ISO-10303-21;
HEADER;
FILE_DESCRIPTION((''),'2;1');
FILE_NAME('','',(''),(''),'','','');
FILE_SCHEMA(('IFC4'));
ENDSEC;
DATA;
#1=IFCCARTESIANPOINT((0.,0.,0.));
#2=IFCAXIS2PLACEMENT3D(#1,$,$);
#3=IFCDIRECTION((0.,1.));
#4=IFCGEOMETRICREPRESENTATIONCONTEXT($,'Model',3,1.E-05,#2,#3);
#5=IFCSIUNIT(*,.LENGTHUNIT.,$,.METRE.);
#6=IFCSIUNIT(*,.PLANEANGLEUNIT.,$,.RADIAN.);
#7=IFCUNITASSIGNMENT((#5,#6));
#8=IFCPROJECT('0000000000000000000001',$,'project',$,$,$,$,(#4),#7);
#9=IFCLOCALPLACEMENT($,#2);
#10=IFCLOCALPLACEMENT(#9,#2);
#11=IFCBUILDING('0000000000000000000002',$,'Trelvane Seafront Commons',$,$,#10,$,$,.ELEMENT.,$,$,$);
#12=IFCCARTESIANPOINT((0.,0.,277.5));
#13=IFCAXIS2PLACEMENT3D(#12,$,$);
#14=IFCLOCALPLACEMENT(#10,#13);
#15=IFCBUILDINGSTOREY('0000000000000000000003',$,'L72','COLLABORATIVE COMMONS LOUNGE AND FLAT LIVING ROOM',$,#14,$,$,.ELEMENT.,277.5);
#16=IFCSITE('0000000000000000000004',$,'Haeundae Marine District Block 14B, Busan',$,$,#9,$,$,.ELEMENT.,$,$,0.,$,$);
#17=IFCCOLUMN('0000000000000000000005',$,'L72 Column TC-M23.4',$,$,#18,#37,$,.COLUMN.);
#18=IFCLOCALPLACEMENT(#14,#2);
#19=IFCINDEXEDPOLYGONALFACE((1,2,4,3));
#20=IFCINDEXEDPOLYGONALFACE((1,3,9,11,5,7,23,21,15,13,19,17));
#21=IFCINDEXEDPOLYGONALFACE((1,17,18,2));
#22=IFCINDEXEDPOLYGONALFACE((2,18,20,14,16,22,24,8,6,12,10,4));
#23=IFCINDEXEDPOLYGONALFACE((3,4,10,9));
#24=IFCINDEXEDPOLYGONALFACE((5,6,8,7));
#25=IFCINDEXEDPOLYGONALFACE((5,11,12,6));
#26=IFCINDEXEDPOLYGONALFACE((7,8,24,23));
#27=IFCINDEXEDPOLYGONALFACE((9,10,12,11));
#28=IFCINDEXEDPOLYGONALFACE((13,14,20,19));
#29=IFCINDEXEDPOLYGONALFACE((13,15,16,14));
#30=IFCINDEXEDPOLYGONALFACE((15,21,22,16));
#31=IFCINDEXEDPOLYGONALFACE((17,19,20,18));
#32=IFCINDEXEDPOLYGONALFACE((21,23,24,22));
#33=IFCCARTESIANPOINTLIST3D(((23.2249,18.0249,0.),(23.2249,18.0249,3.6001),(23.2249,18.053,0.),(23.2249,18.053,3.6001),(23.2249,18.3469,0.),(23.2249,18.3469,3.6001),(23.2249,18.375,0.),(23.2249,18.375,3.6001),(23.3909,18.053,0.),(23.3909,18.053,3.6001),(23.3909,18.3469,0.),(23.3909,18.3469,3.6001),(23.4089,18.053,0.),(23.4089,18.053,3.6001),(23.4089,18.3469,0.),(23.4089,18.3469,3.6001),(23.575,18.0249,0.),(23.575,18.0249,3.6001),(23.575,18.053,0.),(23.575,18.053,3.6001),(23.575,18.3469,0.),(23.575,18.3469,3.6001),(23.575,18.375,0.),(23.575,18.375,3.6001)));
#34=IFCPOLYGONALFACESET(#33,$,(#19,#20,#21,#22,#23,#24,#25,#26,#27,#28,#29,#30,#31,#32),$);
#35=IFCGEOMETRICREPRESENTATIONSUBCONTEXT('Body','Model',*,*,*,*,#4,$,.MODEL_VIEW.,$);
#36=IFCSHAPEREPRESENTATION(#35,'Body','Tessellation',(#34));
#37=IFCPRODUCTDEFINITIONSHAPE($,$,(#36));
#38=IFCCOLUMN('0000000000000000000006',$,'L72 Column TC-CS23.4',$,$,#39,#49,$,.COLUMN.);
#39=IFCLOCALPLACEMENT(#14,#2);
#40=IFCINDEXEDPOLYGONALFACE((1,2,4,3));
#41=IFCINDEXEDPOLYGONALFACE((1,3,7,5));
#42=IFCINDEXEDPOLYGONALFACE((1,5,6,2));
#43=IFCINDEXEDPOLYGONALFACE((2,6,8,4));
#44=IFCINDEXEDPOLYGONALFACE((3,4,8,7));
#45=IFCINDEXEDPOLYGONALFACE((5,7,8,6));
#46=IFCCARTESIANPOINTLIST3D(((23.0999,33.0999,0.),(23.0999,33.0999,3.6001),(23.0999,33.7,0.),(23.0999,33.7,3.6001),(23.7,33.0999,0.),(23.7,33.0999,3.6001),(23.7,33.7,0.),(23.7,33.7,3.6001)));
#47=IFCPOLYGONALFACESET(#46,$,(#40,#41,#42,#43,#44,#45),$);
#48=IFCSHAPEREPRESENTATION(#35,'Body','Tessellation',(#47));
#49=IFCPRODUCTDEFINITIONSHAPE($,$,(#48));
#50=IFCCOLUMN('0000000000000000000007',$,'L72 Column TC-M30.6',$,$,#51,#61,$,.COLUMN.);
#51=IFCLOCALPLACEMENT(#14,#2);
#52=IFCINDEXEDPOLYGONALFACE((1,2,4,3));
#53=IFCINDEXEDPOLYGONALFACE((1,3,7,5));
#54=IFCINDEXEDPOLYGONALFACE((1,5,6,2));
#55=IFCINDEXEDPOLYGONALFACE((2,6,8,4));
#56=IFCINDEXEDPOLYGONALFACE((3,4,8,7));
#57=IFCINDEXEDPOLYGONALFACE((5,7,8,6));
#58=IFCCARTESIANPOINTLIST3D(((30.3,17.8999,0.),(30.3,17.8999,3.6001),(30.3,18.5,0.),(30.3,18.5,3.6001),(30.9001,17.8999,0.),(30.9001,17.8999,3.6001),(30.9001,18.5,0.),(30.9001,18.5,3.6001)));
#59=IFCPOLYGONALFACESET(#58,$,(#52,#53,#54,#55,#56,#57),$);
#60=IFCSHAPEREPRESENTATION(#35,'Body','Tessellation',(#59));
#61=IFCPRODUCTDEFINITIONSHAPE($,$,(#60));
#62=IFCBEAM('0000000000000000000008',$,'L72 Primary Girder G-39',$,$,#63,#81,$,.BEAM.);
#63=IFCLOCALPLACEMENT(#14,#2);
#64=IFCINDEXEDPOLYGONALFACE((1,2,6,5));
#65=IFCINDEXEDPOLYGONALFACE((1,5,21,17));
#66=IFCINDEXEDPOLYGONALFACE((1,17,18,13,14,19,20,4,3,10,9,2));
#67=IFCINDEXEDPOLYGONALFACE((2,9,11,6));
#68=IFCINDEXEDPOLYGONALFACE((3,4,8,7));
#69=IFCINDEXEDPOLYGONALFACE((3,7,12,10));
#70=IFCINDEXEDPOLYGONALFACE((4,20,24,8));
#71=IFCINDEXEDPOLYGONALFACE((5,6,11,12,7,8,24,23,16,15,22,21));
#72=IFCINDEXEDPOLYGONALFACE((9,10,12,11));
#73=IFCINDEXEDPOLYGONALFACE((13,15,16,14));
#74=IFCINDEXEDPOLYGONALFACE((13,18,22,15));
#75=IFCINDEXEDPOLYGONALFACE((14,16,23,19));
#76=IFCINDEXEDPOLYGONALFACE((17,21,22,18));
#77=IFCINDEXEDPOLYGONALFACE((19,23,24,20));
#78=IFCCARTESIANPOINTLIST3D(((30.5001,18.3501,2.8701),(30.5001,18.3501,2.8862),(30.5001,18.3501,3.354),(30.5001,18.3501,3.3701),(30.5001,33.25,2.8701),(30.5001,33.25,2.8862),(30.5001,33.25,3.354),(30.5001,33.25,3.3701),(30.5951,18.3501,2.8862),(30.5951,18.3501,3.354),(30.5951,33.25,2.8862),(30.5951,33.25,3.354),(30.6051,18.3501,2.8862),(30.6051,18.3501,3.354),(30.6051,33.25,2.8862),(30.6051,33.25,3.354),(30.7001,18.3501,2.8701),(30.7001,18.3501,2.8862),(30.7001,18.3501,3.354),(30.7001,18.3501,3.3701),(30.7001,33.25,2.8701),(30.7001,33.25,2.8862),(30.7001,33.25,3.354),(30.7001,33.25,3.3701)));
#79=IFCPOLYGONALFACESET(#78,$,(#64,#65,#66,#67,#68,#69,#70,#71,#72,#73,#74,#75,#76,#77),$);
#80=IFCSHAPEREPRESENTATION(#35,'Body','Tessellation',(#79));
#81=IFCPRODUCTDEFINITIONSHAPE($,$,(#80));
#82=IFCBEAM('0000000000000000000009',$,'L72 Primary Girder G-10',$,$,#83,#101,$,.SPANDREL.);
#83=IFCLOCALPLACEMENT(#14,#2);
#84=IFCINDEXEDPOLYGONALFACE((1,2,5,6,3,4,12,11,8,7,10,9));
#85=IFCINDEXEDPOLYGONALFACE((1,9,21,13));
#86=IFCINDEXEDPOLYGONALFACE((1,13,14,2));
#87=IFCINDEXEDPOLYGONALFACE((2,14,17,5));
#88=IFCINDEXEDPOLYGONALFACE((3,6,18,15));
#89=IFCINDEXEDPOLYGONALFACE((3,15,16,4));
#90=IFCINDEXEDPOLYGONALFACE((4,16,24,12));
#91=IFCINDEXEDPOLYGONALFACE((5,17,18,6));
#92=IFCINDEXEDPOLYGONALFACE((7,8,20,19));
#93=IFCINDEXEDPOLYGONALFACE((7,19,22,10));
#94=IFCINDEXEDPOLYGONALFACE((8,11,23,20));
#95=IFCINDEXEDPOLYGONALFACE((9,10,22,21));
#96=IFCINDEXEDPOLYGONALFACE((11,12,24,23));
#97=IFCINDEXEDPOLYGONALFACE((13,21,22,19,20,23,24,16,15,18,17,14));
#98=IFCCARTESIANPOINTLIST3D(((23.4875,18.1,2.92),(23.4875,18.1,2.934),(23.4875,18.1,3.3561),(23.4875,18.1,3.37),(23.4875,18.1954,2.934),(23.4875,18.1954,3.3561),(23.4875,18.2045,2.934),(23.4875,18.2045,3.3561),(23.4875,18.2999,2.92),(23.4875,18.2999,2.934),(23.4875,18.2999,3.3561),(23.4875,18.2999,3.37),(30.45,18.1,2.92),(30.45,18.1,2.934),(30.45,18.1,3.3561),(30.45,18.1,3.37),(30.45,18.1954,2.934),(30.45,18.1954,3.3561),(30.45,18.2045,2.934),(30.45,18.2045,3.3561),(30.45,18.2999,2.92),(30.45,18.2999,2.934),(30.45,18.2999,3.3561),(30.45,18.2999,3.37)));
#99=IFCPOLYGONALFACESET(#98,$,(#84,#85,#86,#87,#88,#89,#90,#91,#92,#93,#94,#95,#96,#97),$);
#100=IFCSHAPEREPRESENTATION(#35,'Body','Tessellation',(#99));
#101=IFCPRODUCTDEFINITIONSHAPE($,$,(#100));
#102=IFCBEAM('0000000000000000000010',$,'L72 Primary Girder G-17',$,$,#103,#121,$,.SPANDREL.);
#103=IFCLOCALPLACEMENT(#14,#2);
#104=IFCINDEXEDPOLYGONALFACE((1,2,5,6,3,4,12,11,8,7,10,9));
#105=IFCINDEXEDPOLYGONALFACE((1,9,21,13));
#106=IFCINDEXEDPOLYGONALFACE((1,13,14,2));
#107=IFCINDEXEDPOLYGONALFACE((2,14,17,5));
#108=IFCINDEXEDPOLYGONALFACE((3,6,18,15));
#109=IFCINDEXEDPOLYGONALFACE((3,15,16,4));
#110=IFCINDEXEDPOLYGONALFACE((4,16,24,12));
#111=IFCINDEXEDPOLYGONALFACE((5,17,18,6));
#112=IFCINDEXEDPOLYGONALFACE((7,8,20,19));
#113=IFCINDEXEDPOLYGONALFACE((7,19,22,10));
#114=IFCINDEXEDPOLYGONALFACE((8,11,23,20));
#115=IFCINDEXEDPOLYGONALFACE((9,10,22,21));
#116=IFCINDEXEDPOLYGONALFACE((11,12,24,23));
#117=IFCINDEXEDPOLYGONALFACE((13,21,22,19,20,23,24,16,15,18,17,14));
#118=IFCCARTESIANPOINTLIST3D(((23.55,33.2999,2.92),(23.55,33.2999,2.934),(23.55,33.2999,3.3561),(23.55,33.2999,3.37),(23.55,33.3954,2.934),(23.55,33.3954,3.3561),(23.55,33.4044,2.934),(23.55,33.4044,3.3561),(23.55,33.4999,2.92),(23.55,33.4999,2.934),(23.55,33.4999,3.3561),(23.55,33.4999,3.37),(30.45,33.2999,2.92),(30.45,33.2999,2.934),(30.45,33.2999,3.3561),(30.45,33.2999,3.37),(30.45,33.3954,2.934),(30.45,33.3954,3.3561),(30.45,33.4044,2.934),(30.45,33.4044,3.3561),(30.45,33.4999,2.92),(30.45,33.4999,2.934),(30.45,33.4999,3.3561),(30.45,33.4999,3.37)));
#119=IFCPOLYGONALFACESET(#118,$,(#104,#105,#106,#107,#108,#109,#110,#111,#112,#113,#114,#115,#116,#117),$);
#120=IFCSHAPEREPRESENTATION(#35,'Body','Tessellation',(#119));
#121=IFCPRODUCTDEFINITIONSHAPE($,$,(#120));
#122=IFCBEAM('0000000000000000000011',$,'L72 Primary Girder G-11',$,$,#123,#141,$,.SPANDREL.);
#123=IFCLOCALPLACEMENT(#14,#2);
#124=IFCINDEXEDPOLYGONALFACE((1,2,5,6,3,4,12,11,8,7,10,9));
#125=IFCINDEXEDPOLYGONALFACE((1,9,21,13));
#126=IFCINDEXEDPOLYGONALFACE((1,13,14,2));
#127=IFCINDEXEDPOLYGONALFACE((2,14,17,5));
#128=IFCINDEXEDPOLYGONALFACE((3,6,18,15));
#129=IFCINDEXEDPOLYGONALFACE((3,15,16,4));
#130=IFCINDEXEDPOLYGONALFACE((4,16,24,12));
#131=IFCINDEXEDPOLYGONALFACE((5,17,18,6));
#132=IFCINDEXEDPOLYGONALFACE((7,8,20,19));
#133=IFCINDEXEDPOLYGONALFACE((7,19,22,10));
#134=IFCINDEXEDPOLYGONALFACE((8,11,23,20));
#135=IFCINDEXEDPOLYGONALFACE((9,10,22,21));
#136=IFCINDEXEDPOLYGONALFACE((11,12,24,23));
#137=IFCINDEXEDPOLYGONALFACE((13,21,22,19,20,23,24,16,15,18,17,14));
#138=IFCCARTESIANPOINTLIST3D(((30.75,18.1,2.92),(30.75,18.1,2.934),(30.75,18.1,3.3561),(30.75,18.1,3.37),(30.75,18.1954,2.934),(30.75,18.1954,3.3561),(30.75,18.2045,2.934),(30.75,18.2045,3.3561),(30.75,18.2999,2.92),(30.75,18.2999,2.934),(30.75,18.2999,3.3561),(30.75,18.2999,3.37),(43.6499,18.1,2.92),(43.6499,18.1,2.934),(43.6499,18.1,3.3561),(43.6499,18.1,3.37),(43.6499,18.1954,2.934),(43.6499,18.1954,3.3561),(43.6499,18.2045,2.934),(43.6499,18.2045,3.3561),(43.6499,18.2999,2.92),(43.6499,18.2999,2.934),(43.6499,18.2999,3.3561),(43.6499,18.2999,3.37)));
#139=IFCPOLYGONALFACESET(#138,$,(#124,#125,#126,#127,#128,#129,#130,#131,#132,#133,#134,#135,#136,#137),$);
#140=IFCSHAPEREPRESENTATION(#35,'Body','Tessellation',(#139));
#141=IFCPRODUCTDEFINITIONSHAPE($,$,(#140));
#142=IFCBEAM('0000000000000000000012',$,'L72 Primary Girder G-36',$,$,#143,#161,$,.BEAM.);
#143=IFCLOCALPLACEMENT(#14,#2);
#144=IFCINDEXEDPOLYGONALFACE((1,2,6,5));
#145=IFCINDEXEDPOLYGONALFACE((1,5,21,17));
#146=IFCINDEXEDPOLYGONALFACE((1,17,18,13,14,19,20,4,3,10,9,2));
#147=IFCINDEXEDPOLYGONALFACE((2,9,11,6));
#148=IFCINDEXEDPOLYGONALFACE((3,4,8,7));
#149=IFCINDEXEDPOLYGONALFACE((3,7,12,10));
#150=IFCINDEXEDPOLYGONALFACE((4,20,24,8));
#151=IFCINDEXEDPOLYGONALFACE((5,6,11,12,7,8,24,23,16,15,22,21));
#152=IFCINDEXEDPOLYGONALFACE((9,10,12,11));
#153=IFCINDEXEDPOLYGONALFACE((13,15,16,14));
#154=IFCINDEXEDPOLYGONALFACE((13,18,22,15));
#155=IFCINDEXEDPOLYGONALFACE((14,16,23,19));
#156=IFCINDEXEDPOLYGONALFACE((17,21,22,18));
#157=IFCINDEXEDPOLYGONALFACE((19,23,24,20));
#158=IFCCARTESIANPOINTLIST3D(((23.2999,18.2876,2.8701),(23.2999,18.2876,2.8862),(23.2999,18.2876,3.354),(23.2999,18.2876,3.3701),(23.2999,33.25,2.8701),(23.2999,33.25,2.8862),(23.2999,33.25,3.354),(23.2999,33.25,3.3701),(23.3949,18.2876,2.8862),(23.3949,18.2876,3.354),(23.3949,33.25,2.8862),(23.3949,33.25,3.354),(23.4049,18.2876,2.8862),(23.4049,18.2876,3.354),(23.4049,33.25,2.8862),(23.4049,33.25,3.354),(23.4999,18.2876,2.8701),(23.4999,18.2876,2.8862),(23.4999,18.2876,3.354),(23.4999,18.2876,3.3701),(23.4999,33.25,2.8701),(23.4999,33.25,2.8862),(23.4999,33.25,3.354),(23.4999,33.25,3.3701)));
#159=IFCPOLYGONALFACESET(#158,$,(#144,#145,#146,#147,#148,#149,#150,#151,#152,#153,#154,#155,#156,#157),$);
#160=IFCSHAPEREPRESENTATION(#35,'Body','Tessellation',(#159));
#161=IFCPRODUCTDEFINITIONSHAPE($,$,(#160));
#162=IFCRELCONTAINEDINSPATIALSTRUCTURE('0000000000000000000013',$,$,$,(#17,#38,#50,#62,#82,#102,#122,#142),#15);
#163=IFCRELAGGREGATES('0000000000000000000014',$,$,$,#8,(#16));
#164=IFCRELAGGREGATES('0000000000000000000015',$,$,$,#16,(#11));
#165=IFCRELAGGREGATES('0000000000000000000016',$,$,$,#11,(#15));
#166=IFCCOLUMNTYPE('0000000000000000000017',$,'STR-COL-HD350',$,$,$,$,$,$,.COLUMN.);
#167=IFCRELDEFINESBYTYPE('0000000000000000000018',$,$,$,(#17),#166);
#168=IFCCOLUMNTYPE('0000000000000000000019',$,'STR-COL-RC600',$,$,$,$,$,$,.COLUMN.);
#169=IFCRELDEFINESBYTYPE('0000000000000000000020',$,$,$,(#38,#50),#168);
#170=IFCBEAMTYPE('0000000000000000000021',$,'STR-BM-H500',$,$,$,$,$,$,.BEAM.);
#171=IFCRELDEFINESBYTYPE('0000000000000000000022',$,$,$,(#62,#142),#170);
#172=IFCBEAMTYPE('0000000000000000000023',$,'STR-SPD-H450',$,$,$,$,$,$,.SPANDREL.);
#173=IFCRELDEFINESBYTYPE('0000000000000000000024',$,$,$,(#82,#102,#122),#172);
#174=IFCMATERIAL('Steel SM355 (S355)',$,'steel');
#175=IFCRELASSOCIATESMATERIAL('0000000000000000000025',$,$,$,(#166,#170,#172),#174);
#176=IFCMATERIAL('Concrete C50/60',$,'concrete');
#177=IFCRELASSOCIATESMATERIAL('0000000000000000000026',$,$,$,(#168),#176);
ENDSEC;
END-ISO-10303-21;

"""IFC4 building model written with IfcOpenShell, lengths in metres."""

from ifc_helpers import new_model, si_unit, direction, frame, origin, origin_2d, place, context, subcontext, project, spatial, rectangle, i_section, extrude, source, transform, mapped, material, material_profile, profile_set, type_object, element, save


model = new_model("IFC4")

# Units and contexts
model_context = context("Model", 3, precision=1e-05, world=origin(), true_north=direction((0.0, 1.0)))
body_context = subcontext(model_context, "Body", "Model", "MODEL_VIEW")
ifc_project = project(units=[si_unit("LENGTHUNIT", "METRE"), si_unit("PLANEANGLEUNIT", "RADIAN")], contexts=[model_context])

# Site, building, storey
site_placement = place(None, origin())
site = spatial("IfcSite", under=ifc_project, at=site_placement, Name="Haeundae Marine District Block 14B, Busan", CompositionType="ELEMENT", RefElevation=0.0)
building_placement = place(site_placement, origin())
building = spatial("IfcBuilding", under=site, at=building_placement, Name="Trelvane Seafront Commons", CompositionType="ELEMENT")
storey_placement = place(building_placement, frame((0.0, 0.0, 277.5)))
storey = spatial("IfcBuildingStorey", under=building, at=storey_placement, Name="L72", Description="COLLABORATIVE COMMONS LOUNGE AND FLAT LIVING ROOM", CompositionType="ELEMENT", Elevation=277.5)

# Columns
ifc_material_1 = material(Name="Steel SM355 (S355)", Category="steel")
ifc_material_profile_1 = material_profile(ifc_material_1, i_section(OverallWidth=0.3501, OverallDepth=0.3501, WebThickness=0.0181, FlangeThickness=0.0281, at=origin_2d()), Name="HD-350x350x18x28")
ifc_profile_set_1 = profile_set([ifc_material_profile_1], Name="Steel SM355 (S355)")
column_type_1 = type_object("IfcColumnType", Name="STR-COL-HD350", PredefinedType="COLUMN", material=ifc_profile_set_1)
shared_shape_1 = source(origin(), body_context, "Body", "SweptSolid", [
    extrude(i_section(OverallWidth=0.3501, OverallDepth=0.3501, WebThickness=0.0181, FlangeThickness=0.0281, at=origin_2d()), origin(), (0.0, 0.0, 1.0), 3.6001),
])
column_placement = place(storey_placement, frame((23.3999, 18.2, 0.0), z_axis=(0.0, 0.0, 1.0), x_axis=(1.0, 0.0, 0.0)))
element("IfcColumn", 1, at=column_placement, inside=storey, type_object=column_type_1, Name="L72 Column TC-M23.4", PredefinedType="COLUMN", context=body_context, shape_type="MappedRepresentation", body=[
    mapped(shared_shape_1, transform((0.0, 0.0, 0.0), x_axis=(1.0, 0.0, 0.0), y_axis=(0.0, 1.0, 0.0), z_axis=(0.0, 0.0, 1.0), scale=1.0)),
])
ifc_material_2 = material(Name="Concrete C50/60", Category="concrete")
ifc_material_profile_2 = material_profile(ifc_material_2, rectangle(XDim=0.6001, YDim=0.6001, at=origin_2d()), Name="RC-600x600")
ifc_profile_set_2 = profile_set([ifc_material_profile_2], Name="Concrete C50/60")
column_type_2 = type_object("IfcColumnType", Name="STR-COL-RC600", PredefinedType="COLUMN", material=ifc_profile_set_2)
shared_shape_2 = source(origin(), body_context, "Body", "SweptSolid", [
    extrude(rectangle(XDim=0.6001, YDim=0.6001, at=origin_2d()), origin(), (0.0, 0.0, 1.0), 3.6001),
])
for number, where, z_axis, x_axis, name in (
    (2, (23.3999, 33.3999, 0.0), (0.0, 0.0, 1.0), (1.0, 0.0, 0.0), "L72 Column TC-CS23.4"),
    (3, (30.6001, 18.2, 0.0), (0.0, 0.0, 1.0), (1.0, 0.0, 0.0), "L72 Column TC-M30.6"),
):
    element("IfcColumn", number, at=place(storey_placement, frame(where, z_axis=z_axis, x_axis=x_axis)), inside=storey, type_object=column_type_2, Name=name, PredefinedType="COLUMN", context=body_context, shape_type="MappedRepresentation", body=[
        mapped(shared_shape_2, transform((0.0, 0.0, 0.0), x_axis=(1.0, 0.0, 0.0), y_axis=(0.0, 1.0, 0.0), z_axis=(0.0, 0.0, 1.0), scale=1.0)),
    ])

# Beams
ifc_material_profile_3 = material_profile(ifc_material_1, i_section(OverallWidth=0.2, OverallDepth=0.5, WebThickness=0.01, FlangeThickness=0.0161, at=origin_2d()), Name="H-500x200x10x16")
ifc_profile_set_3 = profile_set([ifc_material_profile_3], Name="Steel SM355 (S355)")
beam_type_1 = type_object("IfcBeamType", Name="STR-BM-H500", PredefinedType="BEAM", material=ifc_profile_set_3)
shared_shape_3 = source(origin(), body_context, "Body", "SweptSolid", [
    extrude(i_section(OverallWidth=0.2, OverallDepth=0.5, WebThickness=0.01, FlangeThickness=0.0161, at=origin_2d()), origin(), (0.0, 0.0, 1.0), 14.8999),
])
beam_1_placement = place(storey_placement, frame((30.6001, 18.3501, 3.1201), z_axis=(0.0, 1.0, 0.0), x_axis=(-1.0, 0.0, 0.0)))
element("IfcBeam", 4, at=beam_1_placement, inside=storey, type_object=beam_type_1, Name="L72 Primary Girder G-39", PredefinedType="BEAM", context=body_context, shape_type="MappedRepresentation", body=[
    mapped(shared_shape_3, transform((0.0, 0.0, 0.0), x_axis=(1.0, 0.0, 0.0), y_axis=(0.0, 1.0, 0.0), z_axis=(0.0, 0.0, 1.0), scale=1.0)),
])
ifc_material_profile_4 = material_profile(ifc_material_1, i_section(OverallWidth=0.2, OverallDepth=0.45, WebThickness=0.009, FlangeThickness=0.0139, at=origin_2d()), Name="H-450x200x9x14")
ifc_profile_set_4 = profile_set([ifc_material_profile_4], Name="Steel SM355 (S355)")
beam_type_2 = type_object("IfcBeamType", Name="STR-SPD-H450", PredefinedType="SPANDREL", material=ifc_profile_set_4)
shared_shape_4 = source(origin(), body_context, "Body", "SweptSolid", [
    extrude(i_section(OverallWidth=0.2, OverallDepth=0.45, WebThickness=0.009, FlangeThickness=0.0139, at=origin_2d()), origin(), (0.0, 0.0, 1.0), 6.9624),
])
beam_2_placement = place(storey_placement, frame((23.4875, 18.2, 3.145), z_axis=(1.0, 0.0, 0.0), x_axis=(0.0, 1.0, 0.0)))
element("IfcBeam", 5, at=beam_2_placement, inside=storey, type_object=beam_type_2, Name="L72 Primary Girder G-10", PredefinedType="SPANDREL", context=body_context, shape_type="MappedRepresentation", body=[
    mapped(shared_shape_4, transform((0.0, 0.0, 0.0), x_axis=(1.0, 0.0, 0.0), y_axis=(0.0, 1.0, 0.0), z_axis=(0.0, 0.0, 1.0), scale=1.0)),
])
shared_shape_5 = source(origin(), body_context, "Body", "SweptSolid", [
    extrude(i_section(OverallWidth=0.2, OverallDepth=0.45, WebThickness=0.009, FlangeThickness=0.0139, at=origin_2d()), origin(), (0.0, 0.0, 1.0), 6.8999),
])
beam_3_placement = place(storey_placement, frame((23.55, 33.3999, 3.145), z_axis=(1.0, 0.0, 0.0), x_axis=(0.0, 1.0, 0.0)))
element("IfcBeam", 6, at=beam_3_placement, inside=storey, type_object=beam_type_2, Name="L72 Primary Girder G-17", PredefinedType="SPANDREL", context=body_context, shape_type="MappedRepresentation", body=[
    mapped(shared_shape_5, transform((0.0, 0.0, 0.0), x_axis=(1.0, 0.0, 0.0), y_axis=(0.0, 1.0, 0.0), z_axis=(0.0, 0.0, 1.0), scale=1.0)),
])
shared_shape_6 = source(origin(), body_context, "Body", "SweptSolid", [
    extrude(i_section(OverallWidth=0.2, OverallDepth=0.45, WebThickness=0.009, FlangeThickness=0.0139, at=origin_2d()), origin(), (0.0, 0.0, 1.0), 12.8999),
])
beam_4_placement = place(storey_placement, frame((30.75, 18.2, 3.145), z_axis=(1.0, 0.0, 0.0), x_axis=(0.0, 1.0, 0.0)))
element("IfcBeam", 7, at=beam_4_placement, inside=storey, type_object=beam_type_2, Name="L72 Primary Girder G-11", PredefinedType="SPANDREL", context=body_context, shape_type="MappedRepresentation", body=[
    mapped(shared_shape_6, transform((0.0, 0.0, 0.0), x_axis=(1.0, 0.0, 0.0), y_axis=(0.0, 1.0, 0.0), z_axis=(0.0, 0.0, 1.0), scale=1.0)),
])
shared_shape_7 = source(origin(), body_context, "Body", "SweptSolid", [
    extrude(i_section(OverallWidth=0.2, OverallDepth=0.5, WebThickness=0.01, FlangeThickness=0.0161, at=origin_2d()), origin(), (0.0, 0.0, 1.0), 14.9624),
])
beam_5_placement = place(storey_placement, frame((23.3999, 18.2876, 3.1201), z_axis=(0.0, 1.0, 0.0), x_axis=(-1.0, 0.0, 0.0)))
element("IfcBeam", 8, at=beam_5_placement, inside=storey, type_object=beam_type_1, Name="L72 Primary Girder G-36", PredefinedType="BEAM", context=body_context, shape_type="MappedRepresentation", body=[
    mapped(shared_shape_7, transform((0.0, 0.0, 0.0), x_axis=(1.0, 0.0, 0.0), y_axis=(0.0, 1.0, 0.0), z_axis=(0.0, 0.0, 1.0), scale=1.0)),
])

save(model, "model.ifc")
